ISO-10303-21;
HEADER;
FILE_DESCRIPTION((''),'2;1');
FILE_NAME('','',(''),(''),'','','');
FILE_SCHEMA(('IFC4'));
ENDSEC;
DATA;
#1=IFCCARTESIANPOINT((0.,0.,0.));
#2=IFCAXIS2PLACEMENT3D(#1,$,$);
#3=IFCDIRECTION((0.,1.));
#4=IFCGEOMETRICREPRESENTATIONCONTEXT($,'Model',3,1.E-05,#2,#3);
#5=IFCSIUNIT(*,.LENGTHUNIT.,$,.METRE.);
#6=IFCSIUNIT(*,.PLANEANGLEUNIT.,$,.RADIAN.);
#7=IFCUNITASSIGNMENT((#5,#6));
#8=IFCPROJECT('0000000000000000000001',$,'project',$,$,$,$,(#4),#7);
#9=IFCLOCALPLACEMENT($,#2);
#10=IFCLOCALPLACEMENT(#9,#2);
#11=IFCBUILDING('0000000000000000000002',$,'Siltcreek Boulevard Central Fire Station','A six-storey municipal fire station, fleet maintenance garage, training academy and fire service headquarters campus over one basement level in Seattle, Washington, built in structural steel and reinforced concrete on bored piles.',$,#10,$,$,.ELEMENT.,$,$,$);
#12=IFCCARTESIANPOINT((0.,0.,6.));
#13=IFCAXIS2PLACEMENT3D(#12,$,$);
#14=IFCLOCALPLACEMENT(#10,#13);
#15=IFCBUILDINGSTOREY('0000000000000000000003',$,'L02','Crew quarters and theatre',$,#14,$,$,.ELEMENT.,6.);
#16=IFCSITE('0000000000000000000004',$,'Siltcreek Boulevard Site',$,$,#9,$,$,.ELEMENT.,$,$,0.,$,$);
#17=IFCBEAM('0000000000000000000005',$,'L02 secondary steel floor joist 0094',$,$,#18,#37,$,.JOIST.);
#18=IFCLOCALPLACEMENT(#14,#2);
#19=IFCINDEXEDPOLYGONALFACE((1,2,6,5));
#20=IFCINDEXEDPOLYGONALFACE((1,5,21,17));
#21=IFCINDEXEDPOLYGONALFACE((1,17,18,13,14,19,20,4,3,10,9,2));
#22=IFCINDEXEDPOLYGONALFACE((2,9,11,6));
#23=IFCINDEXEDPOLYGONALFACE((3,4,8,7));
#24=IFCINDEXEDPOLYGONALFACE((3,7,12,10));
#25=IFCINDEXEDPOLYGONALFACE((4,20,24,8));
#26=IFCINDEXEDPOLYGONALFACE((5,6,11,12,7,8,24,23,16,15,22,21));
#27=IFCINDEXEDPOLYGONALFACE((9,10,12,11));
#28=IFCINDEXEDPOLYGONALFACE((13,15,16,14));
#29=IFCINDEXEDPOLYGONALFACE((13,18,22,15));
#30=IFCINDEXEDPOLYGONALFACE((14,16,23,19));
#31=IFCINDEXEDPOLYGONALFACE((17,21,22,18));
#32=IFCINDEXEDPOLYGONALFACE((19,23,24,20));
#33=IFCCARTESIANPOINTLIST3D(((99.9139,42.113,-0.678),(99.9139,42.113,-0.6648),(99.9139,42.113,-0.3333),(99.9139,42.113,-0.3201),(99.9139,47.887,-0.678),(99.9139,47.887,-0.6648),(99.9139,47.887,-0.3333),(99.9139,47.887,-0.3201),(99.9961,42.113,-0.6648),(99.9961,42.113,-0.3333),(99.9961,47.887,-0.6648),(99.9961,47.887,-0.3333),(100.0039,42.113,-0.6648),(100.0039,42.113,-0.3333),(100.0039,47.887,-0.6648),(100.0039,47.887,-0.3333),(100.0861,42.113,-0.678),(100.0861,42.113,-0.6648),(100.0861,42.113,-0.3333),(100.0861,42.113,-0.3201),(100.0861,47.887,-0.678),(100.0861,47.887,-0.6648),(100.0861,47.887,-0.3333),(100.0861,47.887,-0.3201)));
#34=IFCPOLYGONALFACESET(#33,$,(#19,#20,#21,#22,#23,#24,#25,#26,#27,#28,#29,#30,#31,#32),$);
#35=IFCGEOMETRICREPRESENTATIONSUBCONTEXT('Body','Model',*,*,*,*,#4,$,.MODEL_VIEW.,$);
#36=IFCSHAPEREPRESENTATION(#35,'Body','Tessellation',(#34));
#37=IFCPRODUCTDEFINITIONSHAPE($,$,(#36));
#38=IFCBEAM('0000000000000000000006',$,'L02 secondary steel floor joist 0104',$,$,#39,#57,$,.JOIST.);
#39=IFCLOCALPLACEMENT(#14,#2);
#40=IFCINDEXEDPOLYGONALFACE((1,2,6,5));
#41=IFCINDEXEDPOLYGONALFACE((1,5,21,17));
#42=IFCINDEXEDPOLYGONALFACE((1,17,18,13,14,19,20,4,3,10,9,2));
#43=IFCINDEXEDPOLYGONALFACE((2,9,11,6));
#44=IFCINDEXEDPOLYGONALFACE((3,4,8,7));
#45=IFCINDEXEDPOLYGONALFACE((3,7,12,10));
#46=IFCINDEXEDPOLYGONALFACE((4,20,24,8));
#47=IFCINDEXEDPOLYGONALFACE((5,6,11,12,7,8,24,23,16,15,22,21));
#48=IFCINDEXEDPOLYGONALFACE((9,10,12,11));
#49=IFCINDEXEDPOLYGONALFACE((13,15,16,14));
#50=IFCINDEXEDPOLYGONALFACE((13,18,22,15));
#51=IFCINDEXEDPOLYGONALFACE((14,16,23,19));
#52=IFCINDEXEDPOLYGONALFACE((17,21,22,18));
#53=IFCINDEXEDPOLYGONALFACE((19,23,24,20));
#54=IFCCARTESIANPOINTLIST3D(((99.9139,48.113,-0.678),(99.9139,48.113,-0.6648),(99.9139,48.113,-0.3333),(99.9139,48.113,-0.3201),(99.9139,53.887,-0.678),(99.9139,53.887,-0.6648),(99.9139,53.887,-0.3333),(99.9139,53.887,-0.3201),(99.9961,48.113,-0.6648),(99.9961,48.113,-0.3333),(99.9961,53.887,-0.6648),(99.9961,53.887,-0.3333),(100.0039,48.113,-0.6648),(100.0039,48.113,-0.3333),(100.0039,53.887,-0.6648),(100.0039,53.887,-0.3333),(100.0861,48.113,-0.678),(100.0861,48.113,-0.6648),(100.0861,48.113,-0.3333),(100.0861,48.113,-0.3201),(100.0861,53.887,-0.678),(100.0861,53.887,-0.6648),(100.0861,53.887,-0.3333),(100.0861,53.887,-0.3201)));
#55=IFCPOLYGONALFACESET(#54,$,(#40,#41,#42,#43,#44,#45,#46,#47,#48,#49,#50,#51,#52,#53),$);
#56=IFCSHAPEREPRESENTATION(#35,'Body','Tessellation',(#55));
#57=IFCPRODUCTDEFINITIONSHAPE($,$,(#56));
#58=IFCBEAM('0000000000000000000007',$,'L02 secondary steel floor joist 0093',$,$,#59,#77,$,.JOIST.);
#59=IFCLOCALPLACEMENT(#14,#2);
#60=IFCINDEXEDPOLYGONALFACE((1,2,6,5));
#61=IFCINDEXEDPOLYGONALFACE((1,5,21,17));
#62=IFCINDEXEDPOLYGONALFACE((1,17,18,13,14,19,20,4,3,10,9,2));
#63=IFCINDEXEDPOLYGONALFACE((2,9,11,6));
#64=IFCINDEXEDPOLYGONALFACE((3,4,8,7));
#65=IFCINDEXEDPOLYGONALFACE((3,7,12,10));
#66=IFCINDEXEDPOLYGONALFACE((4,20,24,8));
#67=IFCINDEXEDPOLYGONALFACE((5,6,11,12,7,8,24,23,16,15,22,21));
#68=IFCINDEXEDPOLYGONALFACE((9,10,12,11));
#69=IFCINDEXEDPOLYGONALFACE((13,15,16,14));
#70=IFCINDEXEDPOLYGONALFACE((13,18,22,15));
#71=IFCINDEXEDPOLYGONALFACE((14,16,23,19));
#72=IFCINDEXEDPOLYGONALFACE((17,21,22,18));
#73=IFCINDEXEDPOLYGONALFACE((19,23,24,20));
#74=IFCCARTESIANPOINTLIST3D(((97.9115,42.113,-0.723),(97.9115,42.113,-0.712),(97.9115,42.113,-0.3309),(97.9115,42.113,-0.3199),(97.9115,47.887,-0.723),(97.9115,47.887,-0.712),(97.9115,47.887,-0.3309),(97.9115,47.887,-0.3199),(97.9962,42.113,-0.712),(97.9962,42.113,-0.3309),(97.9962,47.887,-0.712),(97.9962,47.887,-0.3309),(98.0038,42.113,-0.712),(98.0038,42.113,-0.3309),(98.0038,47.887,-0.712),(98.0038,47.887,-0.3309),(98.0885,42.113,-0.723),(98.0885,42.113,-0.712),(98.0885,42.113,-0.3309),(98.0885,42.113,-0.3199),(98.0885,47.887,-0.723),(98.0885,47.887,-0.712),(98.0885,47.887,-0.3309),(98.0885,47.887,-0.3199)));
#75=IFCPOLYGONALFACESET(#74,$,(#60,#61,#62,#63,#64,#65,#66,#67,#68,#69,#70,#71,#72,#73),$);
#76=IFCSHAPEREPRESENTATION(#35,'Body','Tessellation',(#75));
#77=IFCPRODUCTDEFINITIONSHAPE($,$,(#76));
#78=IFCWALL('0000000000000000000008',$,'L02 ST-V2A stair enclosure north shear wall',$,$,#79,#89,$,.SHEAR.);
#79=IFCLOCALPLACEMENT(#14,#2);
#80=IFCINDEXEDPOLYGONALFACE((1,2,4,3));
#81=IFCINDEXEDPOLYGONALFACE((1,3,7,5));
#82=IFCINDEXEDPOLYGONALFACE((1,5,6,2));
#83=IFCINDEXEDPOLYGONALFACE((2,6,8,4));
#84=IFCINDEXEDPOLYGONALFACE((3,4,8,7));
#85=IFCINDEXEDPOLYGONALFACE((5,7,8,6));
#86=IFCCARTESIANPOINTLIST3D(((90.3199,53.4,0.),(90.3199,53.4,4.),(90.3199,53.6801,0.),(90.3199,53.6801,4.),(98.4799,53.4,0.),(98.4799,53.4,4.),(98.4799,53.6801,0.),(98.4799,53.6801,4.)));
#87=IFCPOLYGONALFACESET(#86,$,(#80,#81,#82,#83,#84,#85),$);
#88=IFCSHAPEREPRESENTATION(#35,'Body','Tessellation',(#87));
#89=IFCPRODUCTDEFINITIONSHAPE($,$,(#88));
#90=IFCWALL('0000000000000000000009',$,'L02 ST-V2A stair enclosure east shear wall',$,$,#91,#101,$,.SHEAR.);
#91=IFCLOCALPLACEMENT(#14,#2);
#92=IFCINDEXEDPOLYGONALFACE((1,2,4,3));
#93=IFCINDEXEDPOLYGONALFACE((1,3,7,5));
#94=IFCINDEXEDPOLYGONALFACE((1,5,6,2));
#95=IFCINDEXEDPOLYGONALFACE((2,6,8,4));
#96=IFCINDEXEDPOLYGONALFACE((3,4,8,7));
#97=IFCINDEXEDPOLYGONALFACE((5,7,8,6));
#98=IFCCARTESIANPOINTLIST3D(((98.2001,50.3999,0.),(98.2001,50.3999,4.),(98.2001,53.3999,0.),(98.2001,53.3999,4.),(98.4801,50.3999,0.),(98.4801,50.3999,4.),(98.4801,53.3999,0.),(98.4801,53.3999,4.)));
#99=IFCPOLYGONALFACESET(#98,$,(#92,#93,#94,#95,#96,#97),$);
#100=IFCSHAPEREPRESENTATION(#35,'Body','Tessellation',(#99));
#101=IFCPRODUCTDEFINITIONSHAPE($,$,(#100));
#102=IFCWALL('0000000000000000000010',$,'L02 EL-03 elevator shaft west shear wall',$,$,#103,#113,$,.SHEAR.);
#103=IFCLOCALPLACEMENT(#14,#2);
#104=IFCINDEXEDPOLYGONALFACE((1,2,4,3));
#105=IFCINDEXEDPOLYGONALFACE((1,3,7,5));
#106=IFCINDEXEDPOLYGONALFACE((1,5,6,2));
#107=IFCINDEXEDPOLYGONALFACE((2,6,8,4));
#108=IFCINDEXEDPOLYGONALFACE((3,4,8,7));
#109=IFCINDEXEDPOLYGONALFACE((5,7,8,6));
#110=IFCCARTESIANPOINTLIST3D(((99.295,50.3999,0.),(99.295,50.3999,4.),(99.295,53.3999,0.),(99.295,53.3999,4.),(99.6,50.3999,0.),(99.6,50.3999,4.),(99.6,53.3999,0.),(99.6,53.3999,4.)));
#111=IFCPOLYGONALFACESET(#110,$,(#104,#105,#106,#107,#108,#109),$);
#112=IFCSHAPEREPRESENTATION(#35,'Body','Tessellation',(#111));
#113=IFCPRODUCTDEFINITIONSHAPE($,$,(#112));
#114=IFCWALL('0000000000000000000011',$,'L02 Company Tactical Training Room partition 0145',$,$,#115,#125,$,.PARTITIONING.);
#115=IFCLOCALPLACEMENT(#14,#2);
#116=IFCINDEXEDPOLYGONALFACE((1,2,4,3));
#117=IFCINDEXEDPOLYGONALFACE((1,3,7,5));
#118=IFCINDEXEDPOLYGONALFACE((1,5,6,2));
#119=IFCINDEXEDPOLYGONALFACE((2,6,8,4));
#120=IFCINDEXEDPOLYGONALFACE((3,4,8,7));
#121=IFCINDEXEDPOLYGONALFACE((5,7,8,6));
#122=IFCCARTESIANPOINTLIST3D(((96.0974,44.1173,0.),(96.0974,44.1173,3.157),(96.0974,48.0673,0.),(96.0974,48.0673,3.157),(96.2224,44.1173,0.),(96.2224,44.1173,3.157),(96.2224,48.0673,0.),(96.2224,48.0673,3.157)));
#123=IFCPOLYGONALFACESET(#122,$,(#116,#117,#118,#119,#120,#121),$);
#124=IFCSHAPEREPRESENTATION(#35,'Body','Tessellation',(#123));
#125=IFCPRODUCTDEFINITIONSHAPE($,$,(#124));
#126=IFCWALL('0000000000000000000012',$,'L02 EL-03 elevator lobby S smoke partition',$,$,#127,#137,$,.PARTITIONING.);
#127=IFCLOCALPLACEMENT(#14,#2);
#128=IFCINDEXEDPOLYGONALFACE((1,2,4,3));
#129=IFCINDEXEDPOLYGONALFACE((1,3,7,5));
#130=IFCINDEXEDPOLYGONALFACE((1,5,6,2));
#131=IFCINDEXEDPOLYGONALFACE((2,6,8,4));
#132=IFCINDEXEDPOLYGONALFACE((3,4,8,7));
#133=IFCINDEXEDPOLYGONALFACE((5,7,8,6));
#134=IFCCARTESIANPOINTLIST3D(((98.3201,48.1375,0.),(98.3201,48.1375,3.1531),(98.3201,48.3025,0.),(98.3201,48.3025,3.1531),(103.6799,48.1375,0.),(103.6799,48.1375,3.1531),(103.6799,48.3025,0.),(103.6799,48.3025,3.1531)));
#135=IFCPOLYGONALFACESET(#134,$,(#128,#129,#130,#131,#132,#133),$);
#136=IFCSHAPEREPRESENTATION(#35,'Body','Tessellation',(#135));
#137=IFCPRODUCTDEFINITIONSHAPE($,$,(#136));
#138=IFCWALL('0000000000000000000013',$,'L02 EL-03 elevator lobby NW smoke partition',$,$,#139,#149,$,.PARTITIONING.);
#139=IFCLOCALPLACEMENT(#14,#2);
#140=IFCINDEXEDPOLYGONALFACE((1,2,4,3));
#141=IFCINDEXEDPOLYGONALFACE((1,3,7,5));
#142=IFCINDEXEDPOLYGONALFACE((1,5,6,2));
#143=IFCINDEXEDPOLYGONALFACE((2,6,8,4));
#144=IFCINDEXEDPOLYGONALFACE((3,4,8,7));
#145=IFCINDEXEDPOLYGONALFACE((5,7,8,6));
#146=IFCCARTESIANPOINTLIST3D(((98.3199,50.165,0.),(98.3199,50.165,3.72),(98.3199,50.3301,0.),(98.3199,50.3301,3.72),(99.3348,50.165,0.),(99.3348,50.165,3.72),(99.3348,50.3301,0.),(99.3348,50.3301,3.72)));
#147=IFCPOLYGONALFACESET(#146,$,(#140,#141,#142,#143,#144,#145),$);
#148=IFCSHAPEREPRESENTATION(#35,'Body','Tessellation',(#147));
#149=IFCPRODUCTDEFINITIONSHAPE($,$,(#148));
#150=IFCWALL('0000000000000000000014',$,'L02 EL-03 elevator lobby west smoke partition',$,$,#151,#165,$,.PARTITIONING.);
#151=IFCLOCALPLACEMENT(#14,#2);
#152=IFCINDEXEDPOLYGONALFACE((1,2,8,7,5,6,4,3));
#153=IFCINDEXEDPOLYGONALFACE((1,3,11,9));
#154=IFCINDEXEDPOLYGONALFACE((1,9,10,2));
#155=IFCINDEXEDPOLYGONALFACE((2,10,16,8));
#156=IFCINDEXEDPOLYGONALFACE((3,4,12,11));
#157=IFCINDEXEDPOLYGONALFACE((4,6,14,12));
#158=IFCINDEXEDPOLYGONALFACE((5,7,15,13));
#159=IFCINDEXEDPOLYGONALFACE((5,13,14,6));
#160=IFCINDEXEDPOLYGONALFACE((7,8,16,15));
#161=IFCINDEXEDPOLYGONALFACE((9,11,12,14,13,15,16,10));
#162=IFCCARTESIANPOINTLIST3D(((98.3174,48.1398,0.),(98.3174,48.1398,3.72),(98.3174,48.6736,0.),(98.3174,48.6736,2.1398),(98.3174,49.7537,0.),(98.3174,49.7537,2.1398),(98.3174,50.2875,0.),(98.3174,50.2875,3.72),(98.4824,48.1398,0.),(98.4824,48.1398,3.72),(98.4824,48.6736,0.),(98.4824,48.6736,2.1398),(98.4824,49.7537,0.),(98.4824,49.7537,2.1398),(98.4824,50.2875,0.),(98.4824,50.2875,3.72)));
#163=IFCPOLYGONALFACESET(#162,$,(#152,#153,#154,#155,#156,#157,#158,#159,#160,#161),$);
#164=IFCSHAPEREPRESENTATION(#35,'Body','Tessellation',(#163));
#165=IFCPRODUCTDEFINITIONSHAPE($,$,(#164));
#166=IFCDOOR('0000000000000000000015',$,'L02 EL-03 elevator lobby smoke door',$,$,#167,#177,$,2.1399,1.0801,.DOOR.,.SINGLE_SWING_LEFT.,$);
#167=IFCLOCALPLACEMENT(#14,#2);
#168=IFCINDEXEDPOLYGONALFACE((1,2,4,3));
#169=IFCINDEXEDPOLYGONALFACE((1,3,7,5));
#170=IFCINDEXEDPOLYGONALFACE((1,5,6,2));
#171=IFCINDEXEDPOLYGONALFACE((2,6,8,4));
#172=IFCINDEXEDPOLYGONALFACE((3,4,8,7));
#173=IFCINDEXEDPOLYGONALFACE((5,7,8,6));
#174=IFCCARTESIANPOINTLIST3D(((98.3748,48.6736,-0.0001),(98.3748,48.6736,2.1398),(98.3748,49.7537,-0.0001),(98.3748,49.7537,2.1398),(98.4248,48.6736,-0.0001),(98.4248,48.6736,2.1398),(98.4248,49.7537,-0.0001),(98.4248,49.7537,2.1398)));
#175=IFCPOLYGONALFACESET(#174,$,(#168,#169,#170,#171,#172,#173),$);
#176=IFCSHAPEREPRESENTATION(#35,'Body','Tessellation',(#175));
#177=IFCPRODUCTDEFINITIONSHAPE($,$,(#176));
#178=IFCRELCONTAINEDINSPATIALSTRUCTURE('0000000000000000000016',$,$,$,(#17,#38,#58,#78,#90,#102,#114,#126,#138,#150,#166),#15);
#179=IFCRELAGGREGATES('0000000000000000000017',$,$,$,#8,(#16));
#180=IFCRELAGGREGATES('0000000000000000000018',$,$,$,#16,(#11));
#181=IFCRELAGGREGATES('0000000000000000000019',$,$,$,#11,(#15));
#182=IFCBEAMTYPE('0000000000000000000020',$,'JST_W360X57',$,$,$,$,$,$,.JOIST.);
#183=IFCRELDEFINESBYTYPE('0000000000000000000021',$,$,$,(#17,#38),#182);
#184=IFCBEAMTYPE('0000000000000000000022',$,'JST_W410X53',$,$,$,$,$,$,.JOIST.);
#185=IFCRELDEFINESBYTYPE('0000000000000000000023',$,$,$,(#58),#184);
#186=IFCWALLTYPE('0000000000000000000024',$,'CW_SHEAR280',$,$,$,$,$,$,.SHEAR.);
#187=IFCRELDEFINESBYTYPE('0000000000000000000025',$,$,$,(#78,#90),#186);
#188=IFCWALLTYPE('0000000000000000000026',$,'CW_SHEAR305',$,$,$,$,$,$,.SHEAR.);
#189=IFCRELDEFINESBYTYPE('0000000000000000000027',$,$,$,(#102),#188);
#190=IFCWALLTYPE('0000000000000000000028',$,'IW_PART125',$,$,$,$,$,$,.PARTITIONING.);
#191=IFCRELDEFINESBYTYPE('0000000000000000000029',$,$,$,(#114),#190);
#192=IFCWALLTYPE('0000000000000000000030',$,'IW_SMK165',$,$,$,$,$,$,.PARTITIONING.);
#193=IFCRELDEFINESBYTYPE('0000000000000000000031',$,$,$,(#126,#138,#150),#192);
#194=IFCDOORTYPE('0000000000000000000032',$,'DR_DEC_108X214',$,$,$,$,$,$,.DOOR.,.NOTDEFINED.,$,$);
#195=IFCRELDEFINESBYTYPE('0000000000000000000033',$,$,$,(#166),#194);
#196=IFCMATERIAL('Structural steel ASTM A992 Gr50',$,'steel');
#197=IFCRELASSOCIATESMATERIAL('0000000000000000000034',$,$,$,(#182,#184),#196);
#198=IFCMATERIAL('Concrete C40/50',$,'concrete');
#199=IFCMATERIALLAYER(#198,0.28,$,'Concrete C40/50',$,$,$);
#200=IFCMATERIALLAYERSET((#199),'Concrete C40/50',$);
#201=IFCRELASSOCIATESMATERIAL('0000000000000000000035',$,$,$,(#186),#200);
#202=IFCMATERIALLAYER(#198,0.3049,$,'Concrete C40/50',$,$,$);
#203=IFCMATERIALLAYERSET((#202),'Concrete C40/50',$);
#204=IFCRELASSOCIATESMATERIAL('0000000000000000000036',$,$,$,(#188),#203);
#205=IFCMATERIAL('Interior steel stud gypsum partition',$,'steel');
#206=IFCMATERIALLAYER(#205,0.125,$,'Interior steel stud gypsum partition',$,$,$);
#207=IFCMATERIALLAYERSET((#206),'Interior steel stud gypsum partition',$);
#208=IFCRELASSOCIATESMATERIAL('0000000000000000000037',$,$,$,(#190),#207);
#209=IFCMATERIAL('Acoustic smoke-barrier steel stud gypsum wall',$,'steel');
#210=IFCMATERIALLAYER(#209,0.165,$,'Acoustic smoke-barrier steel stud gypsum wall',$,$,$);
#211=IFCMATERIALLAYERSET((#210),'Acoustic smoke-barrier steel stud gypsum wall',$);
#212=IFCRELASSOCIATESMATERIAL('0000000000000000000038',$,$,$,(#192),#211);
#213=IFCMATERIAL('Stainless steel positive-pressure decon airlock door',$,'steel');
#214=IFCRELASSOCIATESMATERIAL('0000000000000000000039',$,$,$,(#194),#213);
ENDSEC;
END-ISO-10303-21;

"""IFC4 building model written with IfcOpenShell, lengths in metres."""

from ifc_helpers import new_model, si_unit, direction, frame, frame_2d, origin, origin_2d, place, context, subcontext, project, spatial, rectangle, i_section, extrude, material, layer, layer_set, material_profile, profile_set, type_object, element, fill, save


model = new_model("IFC4")

# Units and contexts
model_context = context("Model", 3, precision=1e-05, world=origin(), true_north=direction((0.0, 1.0)))
body_context = subcontext(model_context, "Body", "Model", "MODEL_VIEW")
ifc_project = project(units=[si_unit("LENGTHUNIT", "METRE"), si_unit("PLANEANGLEUNIT", "RADIAN")], contexts=[model_context])

# Site, building, storey
site_placement = place(None, origin())
site = spatial("IfcSite", under=ifc_project, at=site_placement, Name="Siltcreek Boulevard Site", CompositionType="ELEMENT", RefElevation=0.0)
building_placement = place(site_placement, origin())
building = spatial("IfcBuilding", under=site, at=building_placement, Name="Siltcreek Boulevard Central Fire Station", Description="A six-storey municipal fire station, fleet maintenance garage, training academy and fire service headquarters campus over one basement level in Seattle, Washington, built in structural steel and reinforced concrete on bored piles.", CompositionType="ELEMENT")
storey_placement = place(building_placement, frame((0.0, 0.0, 6.0)))
storey = spatial("IfcBuildingStorey", under=building, at=storey_placement, Name="L02", Description="Crew quarters and theatre", CompositionType="ELEMENT", Elevation=6.0)

# Shared definitions
ifc_material_1 = material(Name="Structural steel ASTM A992 Gr50", Category="steel")

# Beams
ifc_material_profile_1 = material_profile(ifc_material_1, i_section(OverallWidth=0.1721, OverallDepth=0.3579, WebThickness=0.0078, FlangeThickness=0.0132, at=origin_2d()), Name="W360X57")
ifc_profile_set_1 = profile_set([ifc_material_profile_1], Name="Structural steel ASTM A992 Gr50")
beam_type_1 = type_object("IfcBeamType", Name="JST_W360X57", PredefinedType="JOIST", material=ifc_profile_set_1)
for number, where, z_axis, x_axis, name in (
    (1, (100.0, 42.113, -0.499), (0.0, 1.0, 0.0), (-1.0, 0.0, 0.0), "L02 secondary steel floor joist 0094"),
    (2, (100.0, 48.113, -0.499), (0.0, 1.0, 0.0), (-1.0, 0.0, 0.0), "L02 secondary steel floor joist 0104"),
):
    element("IfcBeam", number, at=place(storey_placement, frame(where, z_axis=z_axis, x_axis=x_axis)), inside=storey, type_object=beam_type_1, Name=name, PredefinedType="JOIST", context=body_context, shape_type="SweptSolid", body=[
        extrude(i_section(OverallWidth=0.1721, OverallDepth=0.3579, WebThickness=0.0078, FlangeThickness=0.0132, at=origin_2d()), origin(), (0.0, 0.0, 1.0), 5.7739),
    ])
ifc_material_profile_2 = material_profile(ifc_material_1, i_section(OverallWidth=0.177, OverallDepth=0.4031, WebThickness=0.0076, FlangeThickness=0.011, at=origin_2d()), Name="W410X53")
ifc_profile_set_2 = profile_set([ifc_material_profile_2], Name="Structural steel ASTM A992 Gr50")
beam_type_2 = type_object("IfcBeamType", Name="JST_W410X53", PredefinedType="JOIST", material=ifc_profile_set_2)
beam_1_placement = place(storey_placement, frame((98.0, 42.113, -0.5215), z_axis=(0.0, 1.0, 0.0), x_axis=(-1.0, 0.0, 0.0)))
element("IfcBeam", 3, at=beam_1_placement, inside=storey, type_object=beam_type_2, Name="L02 secondary steel floor joist 0093", PredefinedType="JOIST", context=body_context, shape_type="SweptSolid", body=[
    extrude(i_section(OverallWidth=0.177, OverallDepth=0.4031, WebThickness=0.0076, FlangeThickness=0.011, at=origin_2d()), origin(), (0.0, 0.0, 1.0), 5.7739),
])

# Walls
ifc_material_2 = material(Name="Concrete C40/50", Category="concrete")
ifc_layer_1 = layer(ifc_material_2, 0.28, Name="Concrete C40/50")
ifc_layer_set_1 = layer_set([ifc_layer_1], Name="Concrete C40/50")
wall_type_1 = type_object("IfcWallType", Name="CW_SHEAR280", PredefinedType="SHEAR", material=ifc_layer_set_1)
wall_1_placement = place(storey_placement, frame((98.48, 53.54, 0.0), z_axis=(0.0, 0.0, 1.0), x_axis=(-1.0, 0.0, 0.0)))
element("IfcWall", 4, at=wall_1_placement, inside=storey, type_object=wall_type_1, Name="L02 ST-V2A stair enclosure north shear wall", PredefinedType="SHEAR", context=body_context, shape_type="SweptSolid", body=[
    extrude(rectangle(XDim=8.1599, YDim=0.28, at=frame_2d((4.0801, 0.0))), origin(), (0.0, 0.0, 1.0), 4.0),
])
wall_2_placement = place(storey_placement, frame((98.3401, 50.3999, 0.0), z_axis=(0.0, 0.0, 1.0), x_axis=(0.0, 1.0, 0.0)))
element("IfcWall", 5, at=wall_2_placement, inside=storey, type_object=wall_type_1, Name="L02 ST-V2A stair enclosure east shear wall", PredefinedType="SHEAR", context=body_context, shape_type="SweptSolid", body=[
    extrude(rectangle(XDim=3.0, YDim=0.28, at=frame_2d((1.5, 0.0))), origin(), (0.0, 0.0, 1.0), 4.0),
])

# Shared definitions
ifc_layer_2 = layer(ifc_material_2, 0.3049, Name="Concrete C40/50")
ifc_layer_set_2 = layer_set([ifc_layer_2], Name="Concrete C40/50")
wall_type_2 = type_object("IfcWallType", Name="CW_SHEAR305", PredefinedType="SHEAR", material=ifc_layer_set_2)

# Walls
wall_3_placement = place(storey_placement, frame((99.4475, 53.3999, 0.0), z_axis=(0.0, 0.0, 1.0), x_axis=(0.0, -1.0, 0.0)))
element("IfcWall", 6, at=wall_3_placement, inside=storey, type_object=wall_type_2, Name="L02 EL-03 elevator shaft west shear wall", PredefinedType="SHEAR", context=body_context, shape_type="SweptSolid", body=[
    extrude(rectangle(XDim=3.0, YDim=0.3049, at=frame_2d((1.5, 0.0))), origin(), (0.0, 0.0, 1.0), 4.0),
])
ifc_material_3 = material(Name="Interior steel stud gypsum partition", Category="steel")
ifc_layer_3 = layer(ifc_material_3, 0.125, Name="Interior steel stud gypsum partition")
ifc_layer_set_3 = layer_set([ifc_layer_3], Name="Interior steel stud gypsum partition")
wall_type_3 = type_object("IfcWallType", Name="IW_PART125", PredefinedType="PARTITIONING", material=ifc_layer_set_3)
wall_4_placement = place(storey_placement, frame((96.1599, 48.0674, 0.0), z_axis=(0.0, 0.0, 1.0), x_axis=(0.0, -1.0, 0.0)))
element("IfcWall", 7, at=wall_4_placement, inside=storey, type_object=wall_type_3, Name="L02 Company Tactical Training Room partition 0145", PredefinedType="PARTITIONING", context=body_context, shape_type="SweptSolid", body=[
    extrude(rectangle(XDim=3.95, YDim=0.125, at=frame_2d((1.9751, 0.0))), origin(), (0.0, 0.0, 1.0), 3.157),
])
ifc_material_4 = material(Name="Acoustic smoke-barrier steel stud gypsum wall", Category="steel")
ifc_layer_4 = layer(ifc_material_4, 0.165, Name="Acoustic smoke-barrier steel stud gypsum wall")
ifc_layer_set_4 = layer_set([ifc_layer_4], Name="Acoustic smoke-barrier steel stud gypsum wall")
wall_type_4 = type_object("IfcWallType", Name="IW_SMK165", PredefinedType="PARTITIONING", material=ifc_layer_set_4)
wall_5_placement = place(storey_placement, frame((98.3201, 48.22, 0.0), z_axis=(0.0, 0.0, 1.0), x_axis=(1.0, 0.0, 0.0)))
element("IfcWall", 8, at=wall_5_placement, inside=storey, type_object=wall_type_4, Name="L02 EL-03 elevator lobby S smoke partition", PredefinedType="PARTITIONING", context=body_context, shape_type="SweptSolid", body=[
    extrude(rectangle(XDim=5.3599, YDim=0.165, at=frame_2d((2.6799, 0.0))), origin(), (0.0, 0.0, 1.0), 3.1531),
])
wall_6_placement = place(storey_placement, frame((98.3201, 50.2476, 0.0), z_axis=(0.0, 0.0, 1.0), x_axis=(1.0, 0.0, 0.0)))
element("IfcWall", 9, at=wall_6_placement, inside=storey, type_object=wall_type_4, Name="L02 EL-03 elevator lobby NW smoke partition", PredefinedType="PARTITIONING", context=body_context, shape_type="SweptSolid", body=[
    extrude(rectangle(XDim=1.0149, YDim=0.165, at=frame_2d((0.5073, 0.0))), origin(), (0.0, 0.0, 1.0), 3.72),
])

# Wall, opening, door
wall_7_placement = place(storey_placement, frame((98.3999, 48.1399, 0.0), z_axis=(0.0, 0.0, 1.0), x_axis=(0.0, 1.0, 0.0)))
wall_7 = element("IfcWall", 10, at=wall_7_placement, inside=storey, type_object=wall_type_4, Name="L02 EL-03 elevator lobby west smoke partition", PredefinedType="PARTITIONING", context=body_context, shape_type="SweptSolid", body=[
    extrude(rectangle(XDim=2.1477, YDim=0.165, at=frame_2d((1.0737, 0.0))), origin(), (0.0, 0.0, 1.0), 3.72),
])
opening_1_placement = place(wall_7_placement, frame((0.5337, 0.0, 0.0)))
opening_1 = element("IfcOpeningElement", 11, at=opening_1_placement, cuts=wall_7, PredefinedType="OPENING", context=body_context, shape_type="SweptSolid", body=[
    extrude(rectangle(XDim=1.0801, YDim=2.1399, at=frame_2d((0.54, 1.0698))), frame((0.0, 0.0925, 0.0), z_axis=(0.0, -1.0, 0.0), x_axis=(1.0, 0.0, 0.0)), (0.0, 0.0, 1.0), 0.1851),
])
ifc_material_5 = material(Name="Stainless steel positive-pressure decon airlock door", Category="steel")
door_type_1 = type_object("IfcDoorType", Name="DR_DEC_108X214", OperationType="NOTDEFINED", PredefinedType="DOOR", material=ifc_material_5)
door_1_placement = place(opening_1_placement, frame((1.0801, 0.0, 0.0), z_axis=(0.0, 0.0, 1.0), x_axis=(-1.0, 0.0, 0.0)))
door_1 = element("IfcDoor", 12, at=door_1_placement, inside=storey, type_object=door_type_1, Name="L02 EL-03 elevator lobby smoke door", OperationType="SINGLE_SWING_LEFT", OverallHeight=2.1399, OverallWidth=1.0801, PredefinedType="DOOR", context=body_context, shape_type="SweptSolid", body=[
    extrude(rectangle(XDim=1.0801, YDim=2.1399, at=frame_2d((0.54, 1.0698))), frame((0.0, 0.0249, 0.0), z_axis=(0.0, -1.0, 0.0), x_axis=(1.0, 0.0, 0.0)), (0.0, 0.0, 1.0), 0.05),
])
fill(opening_1, door_1)

save(model, "model.ifc")
